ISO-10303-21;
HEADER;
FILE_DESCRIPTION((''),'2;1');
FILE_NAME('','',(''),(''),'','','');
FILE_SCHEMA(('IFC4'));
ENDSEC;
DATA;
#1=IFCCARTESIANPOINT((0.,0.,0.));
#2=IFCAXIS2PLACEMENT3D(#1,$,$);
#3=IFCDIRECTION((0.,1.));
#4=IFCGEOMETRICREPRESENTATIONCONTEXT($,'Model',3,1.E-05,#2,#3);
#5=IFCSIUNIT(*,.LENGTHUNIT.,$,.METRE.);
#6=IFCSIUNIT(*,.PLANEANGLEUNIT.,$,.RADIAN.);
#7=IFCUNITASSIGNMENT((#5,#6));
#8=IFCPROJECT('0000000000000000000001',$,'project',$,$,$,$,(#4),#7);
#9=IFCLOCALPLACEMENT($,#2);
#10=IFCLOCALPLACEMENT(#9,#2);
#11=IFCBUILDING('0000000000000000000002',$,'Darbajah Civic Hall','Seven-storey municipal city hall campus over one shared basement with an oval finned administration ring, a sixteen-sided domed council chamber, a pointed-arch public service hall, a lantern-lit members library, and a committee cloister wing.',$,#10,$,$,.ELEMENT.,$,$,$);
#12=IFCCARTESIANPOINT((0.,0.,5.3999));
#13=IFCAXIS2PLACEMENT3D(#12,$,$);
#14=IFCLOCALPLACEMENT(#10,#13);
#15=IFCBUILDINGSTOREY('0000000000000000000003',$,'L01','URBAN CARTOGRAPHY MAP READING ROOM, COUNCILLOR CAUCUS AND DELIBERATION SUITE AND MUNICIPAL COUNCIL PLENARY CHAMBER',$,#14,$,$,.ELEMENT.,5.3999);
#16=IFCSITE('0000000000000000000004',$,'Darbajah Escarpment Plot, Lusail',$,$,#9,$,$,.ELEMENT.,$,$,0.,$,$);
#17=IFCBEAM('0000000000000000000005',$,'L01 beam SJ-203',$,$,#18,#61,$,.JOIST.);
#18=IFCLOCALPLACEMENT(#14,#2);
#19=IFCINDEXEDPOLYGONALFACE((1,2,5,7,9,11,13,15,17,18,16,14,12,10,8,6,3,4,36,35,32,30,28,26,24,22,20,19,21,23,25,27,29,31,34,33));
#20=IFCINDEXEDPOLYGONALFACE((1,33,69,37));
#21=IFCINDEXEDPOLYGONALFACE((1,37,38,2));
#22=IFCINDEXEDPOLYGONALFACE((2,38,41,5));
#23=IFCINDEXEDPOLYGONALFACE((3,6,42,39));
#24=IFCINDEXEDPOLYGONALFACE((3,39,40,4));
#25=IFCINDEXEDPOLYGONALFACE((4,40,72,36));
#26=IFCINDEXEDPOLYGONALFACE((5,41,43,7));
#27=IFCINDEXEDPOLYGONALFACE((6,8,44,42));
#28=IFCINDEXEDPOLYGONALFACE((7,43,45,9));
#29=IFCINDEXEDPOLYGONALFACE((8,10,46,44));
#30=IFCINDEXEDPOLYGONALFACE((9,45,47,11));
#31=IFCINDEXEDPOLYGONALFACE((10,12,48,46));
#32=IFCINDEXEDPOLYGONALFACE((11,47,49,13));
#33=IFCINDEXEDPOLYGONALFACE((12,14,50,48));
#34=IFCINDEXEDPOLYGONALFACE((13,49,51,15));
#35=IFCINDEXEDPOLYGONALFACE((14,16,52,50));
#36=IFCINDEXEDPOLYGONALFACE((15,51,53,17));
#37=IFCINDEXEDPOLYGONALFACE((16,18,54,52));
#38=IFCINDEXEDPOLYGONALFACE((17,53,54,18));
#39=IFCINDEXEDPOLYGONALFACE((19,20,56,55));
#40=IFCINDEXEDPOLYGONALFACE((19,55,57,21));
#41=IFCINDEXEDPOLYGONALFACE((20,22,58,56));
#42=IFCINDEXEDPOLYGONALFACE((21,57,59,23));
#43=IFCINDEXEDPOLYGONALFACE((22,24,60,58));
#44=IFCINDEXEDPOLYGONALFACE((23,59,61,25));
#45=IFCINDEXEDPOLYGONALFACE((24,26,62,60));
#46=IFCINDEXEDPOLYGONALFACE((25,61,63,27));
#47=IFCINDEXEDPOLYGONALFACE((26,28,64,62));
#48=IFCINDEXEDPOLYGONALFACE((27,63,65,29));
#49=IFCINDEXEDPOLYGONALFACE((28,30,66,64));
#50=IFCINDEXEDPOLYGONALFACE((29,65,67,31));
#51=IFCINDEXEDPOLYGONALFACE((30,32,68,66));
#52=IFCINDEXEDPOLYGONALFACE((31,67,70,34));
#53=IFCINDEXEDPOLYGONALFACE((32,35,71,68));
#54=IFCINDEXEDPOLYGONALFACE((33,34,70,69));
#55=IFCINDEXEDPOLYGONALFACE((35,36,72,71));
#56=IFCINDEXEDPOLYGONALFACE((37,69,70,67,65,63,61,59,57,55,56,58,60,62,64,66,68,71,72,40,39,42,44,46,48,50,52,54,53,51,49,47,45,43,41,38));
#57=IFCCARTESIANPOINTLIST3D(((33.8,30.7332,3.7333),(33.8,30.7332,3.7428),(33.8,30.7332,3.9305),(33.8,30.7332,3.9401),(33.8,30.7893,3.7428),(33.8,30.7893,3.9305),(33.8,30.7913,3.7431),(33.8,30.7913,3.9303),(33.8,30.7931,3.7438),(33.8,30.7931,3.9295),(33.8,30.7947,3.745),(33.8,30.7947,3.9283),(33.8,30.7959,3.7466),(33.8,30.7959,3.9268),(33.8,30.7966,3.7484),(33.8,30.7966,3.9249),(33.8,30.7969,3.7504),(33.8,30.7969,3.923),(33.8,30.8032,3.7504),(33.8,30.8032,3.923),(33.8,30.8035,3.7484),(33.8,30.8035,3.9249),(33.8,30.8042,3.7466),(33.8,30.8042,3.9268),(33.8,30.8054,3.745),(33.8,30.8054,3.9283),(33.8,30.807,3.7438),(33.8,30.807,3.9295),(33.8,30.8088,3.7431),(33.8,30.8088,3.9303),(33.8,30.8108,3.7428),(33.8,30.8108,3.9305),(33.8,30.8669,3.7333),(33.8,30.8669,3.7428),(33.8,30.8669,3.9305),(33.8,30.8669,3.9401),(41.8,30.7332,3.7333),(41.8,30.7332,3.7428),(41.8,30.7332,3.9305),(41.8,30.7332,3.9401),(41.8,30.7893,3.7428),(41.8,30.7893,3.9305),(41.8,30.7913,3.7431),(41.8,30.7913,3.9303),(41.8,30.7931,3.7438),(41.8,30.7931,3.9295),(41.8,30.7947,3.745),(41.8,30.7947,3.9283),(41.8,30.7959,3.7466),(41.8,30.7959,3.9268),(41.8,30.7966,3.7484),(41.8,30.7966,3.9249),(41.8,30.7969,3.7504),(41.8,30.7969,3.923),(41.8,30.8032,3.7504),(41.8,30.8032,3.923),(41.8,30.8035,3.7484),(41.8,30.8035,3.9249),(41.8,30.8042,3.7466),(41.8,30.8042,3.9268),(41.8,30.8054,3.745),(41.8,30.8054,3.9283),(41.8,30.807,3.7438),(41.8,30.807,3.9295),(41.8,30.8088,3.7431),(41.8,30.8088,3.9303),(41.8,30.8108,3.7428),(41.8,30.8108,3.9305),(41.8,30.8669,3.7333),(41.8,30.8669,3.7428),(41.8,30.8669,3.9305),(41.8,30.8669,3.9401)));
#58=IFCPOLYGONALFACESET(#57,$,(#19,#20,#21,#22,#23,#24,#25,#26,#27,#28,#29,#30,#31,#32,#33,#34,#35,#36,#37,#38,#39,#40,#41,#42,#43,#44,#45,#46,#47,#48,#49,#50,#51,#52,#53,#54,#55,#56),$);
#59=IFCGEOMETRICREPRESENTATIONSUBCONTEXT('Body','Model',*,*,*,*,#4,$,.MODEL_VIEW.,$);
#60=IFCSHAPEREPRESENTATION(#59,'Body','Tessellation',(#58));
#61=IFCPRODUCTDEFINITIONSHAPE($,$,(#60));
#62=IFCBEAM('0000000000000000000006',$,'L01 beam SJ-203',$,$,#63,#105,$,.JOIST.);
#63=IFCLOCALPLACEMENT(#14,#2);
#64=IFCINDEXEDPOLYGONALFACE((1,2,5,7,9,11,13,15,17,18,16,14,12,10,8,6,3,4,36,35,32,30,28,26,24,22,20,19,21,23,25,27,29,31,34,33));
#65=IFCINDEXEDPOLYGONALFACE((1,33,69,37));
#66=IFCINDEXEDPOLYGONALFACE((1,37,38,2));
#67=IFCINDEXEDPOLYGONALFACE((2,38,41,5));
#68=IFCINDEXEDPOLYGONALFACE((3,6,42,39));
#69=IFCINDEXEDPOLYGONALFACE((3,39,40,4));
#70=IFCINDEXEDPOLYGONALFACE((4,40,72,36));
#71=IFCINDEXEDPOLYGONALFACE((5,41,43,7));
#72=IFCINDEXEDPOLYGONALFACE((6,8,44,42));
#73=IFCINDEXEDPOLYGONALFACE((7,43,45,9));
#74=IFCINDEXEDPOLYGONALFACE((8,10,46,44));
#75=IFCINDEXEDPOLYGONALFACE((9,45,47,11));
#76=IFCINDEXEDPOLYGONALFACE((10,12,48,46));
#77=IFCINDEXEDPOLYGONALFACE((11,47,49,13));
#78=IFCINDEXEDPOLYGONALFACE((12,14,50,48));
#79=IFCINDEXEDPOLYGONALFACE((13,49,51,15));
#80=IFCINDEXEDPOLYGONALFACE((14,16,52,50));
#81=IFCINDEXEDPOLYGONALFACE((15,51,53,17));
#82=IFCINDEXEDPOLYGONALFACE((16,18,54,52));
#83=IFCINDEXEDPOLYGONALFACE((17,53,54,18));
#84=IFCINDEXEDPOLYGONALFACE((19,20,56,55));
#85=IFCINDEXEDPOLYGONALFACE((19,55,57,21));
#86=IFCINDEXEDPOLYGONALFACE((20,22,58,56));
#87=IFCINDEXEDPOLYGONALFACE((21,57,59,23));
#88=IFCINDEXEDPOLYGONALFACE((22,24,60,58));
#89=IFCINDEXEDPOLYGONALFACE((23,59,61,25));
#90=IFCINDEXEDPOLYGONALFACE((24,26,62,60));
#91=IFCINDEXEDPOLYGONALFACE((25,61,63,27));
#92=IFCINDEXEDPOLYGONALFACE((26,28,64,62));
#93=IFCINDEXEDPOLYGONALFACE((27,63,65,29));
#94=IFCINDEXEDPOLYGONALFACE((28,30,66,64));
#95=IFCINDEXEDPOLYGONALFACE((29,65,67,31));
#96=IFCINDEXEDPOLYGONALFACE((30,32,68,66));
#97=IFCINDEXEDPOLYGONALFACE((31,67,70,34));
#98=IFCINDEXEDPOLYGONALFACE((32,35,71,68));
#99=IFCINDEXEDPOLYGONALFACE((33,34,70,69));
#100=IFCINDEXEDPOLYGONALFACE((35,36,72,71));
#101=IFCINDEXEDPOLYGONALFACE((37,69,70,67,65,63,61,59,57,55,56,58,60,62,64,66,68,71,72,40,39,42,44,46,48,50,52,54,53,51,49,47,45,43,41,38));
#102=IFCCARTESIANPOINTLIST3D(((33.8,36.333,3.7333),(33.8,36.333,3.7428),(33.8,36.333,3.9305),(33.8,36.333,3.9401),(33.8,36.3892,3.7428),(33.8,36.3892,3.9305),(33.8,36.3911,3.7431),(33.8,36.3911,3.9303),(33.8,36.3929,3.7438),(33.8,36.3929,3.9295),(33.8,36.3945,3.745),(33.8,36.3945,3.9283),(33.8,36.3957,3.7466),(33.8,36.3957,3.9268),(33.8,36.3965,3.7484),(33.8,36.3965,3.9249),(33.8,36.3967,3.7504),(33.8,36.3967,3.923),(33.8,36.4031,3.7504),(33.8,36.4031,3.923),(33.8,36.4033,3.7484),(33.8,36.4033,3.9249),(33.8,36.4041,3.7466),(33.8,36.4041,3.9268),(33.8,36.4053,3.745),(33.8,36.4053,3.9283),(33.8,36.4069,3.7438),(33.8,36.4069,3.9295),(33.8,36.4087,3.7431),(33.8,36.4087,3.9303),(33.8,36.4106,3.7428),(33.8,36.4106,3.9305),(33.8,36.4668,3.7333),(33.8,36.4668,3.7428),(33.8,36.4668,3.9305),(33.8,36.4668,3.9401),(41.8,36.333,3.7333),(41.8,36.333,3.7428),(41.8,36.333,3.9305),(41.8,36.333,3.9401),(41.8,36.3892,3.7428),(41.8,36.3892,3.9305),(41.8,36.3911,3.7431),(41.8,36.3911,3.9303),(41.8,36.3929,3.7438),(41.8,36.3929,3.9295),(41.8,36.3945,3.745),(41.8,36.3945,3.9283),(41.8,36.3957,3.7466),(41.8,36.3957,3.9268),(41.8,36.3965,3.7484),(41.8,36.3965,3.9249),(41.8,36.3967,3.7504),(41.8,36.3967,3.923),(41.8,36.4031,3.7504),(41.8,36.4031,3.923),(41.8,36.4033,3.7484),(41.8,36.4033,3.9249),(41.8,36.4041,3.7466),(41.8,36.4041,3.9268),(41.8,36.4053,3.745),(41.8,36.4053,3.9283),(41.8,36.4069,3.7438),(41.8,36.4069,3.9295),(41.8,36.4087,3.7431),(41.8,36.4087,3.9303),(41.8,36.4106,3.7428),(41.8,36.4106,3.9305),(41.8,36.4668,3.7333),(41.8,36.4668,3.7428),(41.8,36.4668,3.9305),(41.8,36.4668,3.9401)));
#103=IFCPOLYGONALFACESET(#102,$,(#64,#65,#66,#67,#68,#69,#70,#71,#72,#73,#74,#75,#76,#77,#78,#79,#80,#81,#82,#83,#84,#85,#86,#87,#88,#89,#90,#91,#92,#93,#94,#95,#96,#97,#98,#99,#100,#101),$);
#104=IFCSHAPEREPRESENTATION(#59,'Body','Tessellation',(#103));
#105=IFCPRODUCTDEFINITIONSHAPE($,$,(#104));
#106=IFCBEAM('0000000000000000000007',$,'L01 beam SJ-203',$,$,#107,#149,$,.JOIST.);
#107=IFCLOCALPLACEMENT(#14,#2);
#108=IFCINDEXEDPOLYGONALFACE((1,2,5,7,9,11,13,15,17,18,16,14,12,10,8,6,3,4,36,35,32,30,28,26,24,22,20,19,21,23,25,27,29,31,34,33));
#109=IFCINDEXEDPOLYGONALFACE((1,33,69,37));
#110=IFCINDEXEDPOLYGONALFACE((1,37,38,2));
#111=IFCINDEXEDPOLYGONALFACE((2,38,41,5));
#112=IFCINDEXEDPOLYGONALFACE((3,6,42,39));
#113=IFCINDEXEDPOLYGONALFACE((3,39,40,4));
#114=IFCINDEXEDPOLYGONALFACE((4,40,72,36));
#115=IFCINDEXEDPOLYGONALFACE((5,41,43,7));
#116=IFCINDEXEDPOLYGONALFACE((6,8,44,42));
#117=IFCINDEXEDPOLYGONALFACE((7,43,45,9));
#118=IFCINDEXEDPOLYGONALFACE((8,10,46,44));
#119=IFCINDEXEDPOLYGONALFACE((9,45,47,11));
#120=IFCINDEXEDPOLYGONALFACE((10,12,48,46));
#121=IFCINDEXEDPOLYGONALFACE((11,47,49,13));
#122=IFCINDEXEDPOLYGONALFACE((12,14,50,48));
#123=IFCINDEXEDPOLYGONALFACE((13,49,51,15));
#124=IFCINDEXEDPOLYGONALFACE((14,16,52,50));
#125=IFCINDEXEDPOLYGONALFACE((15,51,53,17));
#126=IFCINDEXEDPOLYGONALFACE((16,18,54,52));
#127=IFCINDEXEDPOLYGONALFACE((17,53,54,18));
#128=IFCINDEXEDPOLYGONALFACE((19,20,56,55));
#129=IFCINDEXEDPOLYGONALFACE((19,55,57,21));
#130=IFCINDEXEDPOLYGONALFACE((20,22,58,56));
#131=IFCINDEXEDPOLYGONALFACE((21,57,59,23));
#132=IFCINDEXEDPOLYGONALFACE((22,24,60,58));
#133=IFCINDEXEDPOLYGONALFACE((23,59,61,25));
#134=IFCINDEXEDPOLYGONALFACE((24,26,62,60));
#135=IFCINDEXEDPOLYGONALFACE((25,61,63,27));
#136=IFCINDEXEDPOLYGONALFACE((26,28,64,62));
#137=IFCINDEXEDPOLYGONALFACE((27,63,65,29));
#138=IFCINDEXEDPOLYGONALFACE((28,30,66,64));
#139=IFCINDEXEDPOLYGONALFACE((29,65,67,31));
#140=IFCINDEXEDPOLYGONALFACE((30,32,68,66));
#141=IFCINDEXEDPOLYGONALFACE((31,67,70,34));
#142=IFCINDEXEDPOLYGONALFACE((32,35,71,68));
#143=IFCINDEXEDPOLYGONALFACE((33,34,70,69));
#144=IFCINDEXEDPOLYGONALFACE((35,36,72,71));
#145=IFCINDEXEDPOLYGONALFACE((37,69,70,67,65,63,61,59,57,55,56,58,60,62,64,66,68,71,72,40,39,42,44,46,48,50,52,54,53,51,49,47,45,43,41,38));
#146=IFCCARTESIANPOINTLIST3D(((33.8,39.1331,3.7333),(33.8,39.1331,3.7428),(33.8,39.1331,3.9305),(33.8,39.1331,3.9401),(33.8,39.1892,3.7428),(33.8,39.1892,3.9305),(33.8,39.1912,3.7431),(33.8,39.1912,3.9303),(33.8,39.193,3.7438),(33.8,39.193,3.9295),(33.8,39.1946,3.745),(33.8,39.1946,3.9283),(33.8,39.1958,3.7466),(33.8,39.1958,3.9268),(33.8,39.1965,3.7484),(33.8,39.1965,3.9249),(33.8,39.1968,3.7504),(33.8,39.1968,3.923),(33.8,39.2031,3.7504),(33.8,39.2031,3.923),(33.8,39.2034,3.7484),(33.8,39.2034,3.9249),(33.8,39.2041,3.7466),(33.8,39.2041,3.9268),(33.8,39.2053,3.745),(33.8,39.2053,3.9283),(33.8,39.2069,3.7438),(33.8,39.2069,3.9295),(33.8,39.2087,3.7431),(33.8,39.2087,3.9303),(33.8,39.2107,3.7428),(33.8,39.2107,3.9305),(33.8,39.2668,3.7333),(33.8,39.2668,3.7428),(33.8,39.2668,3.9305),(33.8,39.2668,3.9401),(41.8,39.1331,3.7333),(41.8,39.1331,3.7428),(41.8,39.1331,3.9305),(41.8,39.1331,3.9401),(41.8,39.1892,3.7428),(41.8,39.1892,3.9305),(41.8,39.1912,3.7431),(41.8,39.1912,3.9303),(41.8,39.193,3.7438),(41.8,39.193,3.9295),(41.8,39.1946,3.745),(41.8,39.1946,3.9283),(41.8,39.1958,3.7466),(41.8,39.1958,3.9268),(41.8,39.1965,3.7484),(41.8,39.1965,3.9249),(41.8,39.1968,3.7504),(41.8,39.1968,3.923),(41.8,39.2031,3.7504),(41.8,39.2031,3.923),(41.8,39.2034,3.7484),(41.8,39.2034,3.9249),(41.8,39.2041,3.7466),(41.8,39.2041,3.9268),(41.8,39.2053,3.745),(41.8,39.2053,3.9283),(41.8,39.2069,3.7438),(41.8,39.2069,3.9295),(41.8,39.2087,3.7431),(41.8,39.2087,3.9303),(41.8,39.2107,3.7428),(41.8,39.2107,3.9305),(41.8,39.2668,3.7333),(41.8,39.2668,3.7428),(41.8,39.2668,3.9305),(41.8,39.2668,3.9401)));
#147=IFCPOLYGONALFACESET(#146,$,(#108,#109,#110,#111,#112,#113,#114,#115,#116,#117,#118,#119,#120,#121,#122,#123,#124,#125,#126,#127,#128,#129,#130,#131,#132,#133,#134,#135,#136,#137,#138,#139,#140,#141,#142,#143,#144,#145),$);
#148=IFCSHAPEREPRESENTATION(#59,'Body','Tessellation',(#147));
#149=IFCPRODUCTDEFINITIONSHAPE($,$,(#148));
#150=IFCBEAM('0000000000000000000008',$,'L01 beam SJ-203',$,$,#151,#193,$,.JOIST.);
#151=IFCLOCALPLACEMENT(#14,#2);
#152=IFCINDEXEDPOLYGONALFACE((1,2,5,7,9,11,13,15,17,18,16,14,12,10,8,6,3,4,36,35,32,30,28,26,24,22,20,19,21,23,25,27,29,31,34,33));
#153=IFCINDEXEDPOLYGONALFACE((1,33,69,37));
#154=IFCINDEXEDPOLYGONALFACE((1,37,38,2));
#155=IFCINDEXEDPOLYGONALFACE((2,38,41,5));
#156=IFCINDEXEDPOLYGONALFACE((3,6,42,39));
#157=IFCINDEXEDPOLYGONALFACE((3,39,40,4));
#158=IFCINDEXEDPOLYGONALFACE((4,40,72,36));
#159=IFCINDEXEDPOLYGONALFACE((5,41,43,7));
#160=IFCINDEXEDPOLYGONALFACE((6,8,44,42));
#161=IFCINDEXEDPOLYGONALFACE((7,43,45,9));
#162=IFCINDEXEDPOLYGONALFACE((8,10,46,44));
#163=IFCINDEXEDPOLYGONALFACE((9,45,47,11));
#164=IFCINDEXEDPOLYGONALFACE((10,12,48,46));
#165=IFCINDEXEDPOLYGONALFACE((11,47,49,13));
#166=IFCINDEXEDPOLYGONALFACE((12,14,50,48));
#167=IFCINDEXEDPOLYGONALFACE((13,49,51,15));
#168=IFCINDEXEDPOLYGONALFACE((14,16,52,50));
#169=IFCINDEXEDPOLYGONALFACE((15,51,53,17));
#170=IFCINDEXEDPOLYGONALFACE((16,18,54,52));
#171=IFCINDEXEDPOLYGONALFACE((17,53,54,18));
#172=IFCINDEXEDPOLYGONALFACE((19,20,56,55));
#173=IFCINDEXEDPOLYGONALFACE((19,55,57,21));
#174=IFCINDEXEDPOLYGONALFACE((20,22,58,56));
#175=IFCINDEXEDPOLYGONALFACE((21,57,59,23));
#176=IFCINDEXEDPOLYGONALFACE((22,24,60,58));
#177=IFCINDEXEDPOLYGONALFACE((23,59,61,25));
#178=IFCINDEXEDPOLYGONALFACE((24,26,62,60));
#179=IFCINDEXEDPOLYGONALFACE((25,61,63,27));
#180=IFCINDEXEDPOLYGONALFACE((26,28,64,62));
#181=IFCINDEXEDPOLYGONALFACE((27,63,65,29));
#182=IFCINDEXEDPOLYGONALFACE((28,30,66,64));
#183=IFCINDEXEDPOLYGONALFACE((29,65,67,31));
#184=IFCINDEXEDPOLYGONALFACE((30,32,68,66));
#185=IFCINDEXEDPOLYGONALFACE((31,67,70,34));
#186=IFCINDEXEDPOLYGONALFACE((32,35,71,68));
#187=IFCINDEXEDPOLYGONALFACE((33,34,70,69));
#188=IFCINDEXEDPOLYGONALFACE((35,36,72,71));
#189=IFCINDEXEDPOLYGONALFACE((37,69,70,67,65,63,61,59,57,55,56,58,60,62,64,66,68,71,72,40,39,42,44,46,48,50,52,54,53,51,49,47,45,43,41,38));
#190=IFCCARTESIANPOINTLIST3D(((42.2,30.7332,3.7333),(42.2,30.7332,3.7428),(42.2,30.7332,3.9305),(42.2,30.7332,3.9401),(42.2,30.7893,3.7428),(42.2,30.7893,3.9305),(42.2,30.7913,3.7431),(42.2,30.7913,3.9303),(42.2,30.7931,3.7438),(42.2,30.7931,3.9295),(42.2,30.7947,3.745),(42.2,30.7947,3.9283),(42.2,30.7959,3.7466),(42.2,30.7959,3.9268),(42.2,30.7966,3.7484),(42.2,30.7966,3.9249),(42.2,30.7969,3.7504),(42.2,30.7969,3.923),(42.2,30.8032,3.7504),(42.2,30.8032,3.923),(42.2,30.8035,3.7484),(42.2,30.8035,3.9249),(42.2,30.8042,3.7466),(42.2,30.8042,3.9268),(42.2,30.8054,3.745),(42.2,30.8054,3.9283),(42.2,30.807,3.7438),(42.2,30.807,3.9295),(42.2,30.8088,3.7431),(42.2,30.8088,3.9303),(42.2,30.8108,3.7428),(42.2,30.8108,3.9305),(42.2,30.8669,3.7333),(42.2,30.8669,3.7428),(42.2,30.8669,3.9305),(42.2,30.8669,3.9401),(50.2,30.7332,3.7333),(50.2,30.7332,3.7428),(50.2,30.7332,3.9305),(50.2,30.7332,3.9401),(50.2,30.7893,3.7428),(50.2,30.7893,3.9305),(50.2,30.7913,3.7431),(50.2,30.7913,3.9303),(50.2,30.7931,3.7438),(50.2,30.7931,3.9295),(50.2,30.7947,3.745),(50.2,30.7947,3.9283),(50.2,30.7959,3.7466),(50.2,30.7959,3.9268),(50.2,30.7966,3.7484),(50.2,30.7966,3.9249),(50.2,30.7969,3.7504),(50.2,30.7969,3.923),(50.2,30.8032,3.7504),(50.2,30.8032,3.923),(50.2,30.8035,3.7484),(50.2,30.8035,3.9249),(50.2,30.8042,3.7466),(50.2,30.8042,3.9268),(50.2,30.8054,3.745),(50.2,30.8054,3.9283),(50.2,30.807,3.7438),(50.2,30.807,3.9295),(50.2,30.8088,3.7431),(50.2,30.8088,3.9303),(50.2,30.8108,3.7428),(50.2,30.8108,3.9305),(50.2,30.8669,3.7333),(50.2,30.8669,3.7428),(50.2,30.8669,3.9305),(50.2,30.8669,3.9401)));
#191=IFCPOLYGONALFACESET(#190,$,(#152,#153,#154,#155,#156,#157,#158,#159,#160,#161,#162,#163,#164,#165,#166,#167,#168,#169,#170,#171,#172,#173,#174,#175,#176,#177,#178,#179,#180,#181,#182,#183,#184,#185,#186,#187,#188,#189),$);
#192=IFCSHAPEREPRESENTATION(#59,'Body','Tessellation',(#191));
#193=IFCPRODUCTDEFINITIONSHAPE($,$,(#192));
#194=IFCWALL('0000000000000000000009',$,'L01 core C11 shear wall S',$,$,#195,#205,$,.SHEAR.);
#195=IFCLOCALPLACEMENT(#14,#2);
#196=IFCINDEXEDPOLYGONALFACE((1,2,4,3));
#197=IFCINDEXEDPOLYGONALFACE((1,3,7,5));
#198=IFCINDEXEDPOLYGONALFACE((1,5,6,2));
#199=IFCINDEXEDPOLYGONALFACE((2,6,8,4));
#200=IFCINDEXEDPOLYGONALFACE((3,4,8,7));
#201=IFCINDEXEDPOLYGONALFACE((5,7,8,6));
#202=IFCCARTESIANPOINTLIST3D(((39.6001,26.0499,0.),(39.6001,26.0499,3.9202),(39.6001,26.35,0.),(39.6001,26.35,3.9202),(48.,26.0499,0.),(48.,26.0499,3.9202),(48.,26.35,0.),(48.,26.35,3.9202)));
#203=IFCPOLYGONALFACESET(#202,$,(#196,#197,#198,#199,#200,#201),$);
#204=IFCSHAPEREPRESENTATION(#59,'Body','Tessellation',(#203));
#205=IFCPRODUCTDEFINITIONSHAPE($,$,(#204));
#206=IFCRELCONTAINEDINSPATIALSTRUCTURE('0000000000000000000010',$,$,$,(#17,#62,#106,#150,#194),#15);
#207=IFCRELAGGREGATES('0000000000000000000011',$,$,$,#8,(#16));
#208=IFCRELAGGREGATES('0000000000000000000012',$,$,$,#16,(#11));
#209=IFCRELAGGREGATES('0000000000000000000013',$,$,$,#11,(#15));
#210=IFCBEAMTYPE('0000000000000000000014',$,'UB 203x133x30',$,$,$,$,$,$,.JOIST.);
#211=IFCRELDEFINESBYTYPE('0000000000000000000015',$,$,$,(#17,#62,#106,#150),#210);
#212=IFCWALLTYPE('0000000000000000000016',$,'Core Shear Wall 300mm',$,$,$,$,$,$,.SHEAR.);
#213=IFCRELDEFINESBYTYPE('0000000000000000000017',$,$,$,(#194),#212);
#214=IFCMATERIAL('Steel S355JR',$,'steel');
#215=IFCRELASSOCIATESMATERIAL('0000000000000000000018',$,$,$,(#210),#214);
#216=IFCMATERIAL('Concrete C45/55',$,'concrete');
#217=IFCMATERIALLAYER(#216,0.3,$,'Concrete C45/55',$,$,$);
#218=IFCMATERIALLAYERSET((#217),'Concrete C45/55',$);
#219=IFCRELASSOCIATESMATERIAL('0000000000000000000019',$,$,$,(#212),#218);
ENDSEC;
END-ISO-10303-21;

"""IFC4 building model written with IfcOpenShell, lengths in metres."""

from ifc_helpers import new_model, si_unit, direction, frame, frame_2d, origin, origin_2d, place, context, subcontext, project, spatial, rectangle, i_section, extrude, material, layer, layer_set, material_profile, profile_set, type_object, element, save


model = new_model("IFC4")

# Units and contexts
model_context = context("Model", 3, precision=1e-05, world=origin(), true_north=direction((0.0, 1.0)))
body_context = subcontext(model_context, "Body", "Model", "MODEL_VIEW")
ifc_project = project(units=[si_unit("LENGTHUNIT", "METRE"), si_unit("PLANEANGLEUNIT", "RADIAN")], contexts=[model_context])

# Site, building, storey
site_placement = place(None, origin())
site = spatial("IfcSite", under=ifc_project, at=site_placement, Name="Darbajah Escarpment Plot, Lusail", CompositionType="ELEMENT", RefElevation=0.0)
building_placement = place(site_placement, origin())
building = spatial("IfcBuilding", under=site, at=building_placement, Name="Darbajah Civic Hall", Description="Seven-storey municipal city hall campus over one shared basement with an oval finned administration ring, a sixteen-sided domed council chamber, a pointed-arch public service hall, a lantern-lit members library, and a committee cloister wing.", CompositionType="ELEMENT")
storey_placement = place(building_placement, frame((0.0, 0.0, 5.3999)))
storey = spatial("IfcBuildingStorey", under=building, at=storey_placement, Name="L01", Description="URBAN CARTOGRAPHY MAP READING ROOM, COUNCILLOR CAUCUS AND DELIBERATION SUITE AND MUNICIPAL COUNCIL PLENARY CHAMBER", CompositionType="ELEMENT", Elevation=5.3999)

# Shared definitions
ifc_material_1 = material(Name="Concrete C45/55", Category="concrete")

# Beams
ifc_material_2 = material(Name="Steel S355JR", Category="steel")
ifc_material_profile_1 = material_profile(ifc_material_2, i_section(OverallWidth=0.1338, OverallDepth=0.2068, WebThickness=0.0063, FlangeThickness=0.0095, FilletRadius=0.0076, at=origin_2d()), Name="UB 203x133x30")
ifc_profile_set_1 = profile_set([ifc_material_profile_1], Name="Steel S355JR")
beam_type_1 = type_object("IfcBeamType", Name="UB 203x133x30", PredefinedType="JOIST", material=ifc_profile_set_1)
for number, where, z_axis, x_axis, name in (
    (1, (33.8, 30.8, 3.8367), (1.0, 0.0, 0.0), (0.0, 1.0, 0.0), "L01 beam SJ-203"),
    (2, (33.8, 36.3999, 3.8367), (1.0, 0.0, 0.0), (0.0, 1.0, 0.0), "L01 beam SJ-203"),
    (3, (33.8, 39.2, 3.8367), (1.0, 0.0, 0.0), (0.0, 1.0, 0.0), "L01 beam SJ-203"),
    (4, (42.2, 30.8, 3.8367), (1.0, 0.0, 0.0), (0.0, 1.0, 0.0), "L01 beam SJ-203"),
):
    element("IfcBeam", number, at=place(storey_placement, frame(where, z_axis=z_axis, x_axis=x_axis)), inside=storey, type_object=beam_type_1, Name=name, PredefinedType="JOIST", context=body_context, shape_type="SweptSolid", body=[
        extrude(i_section(OverallWidth=0.1338, OverallDepth=0.2068, WebThickness=0.0063, FlangeThickness=0.0095, FilletRadius=0.0076, at=origin_2d()), origin(), (0.0, 0.0, 1.0), 8.0),
    ])

# Wall
ifc_layer_1 = layer(ifc_material_1, 0.3, Name="Concrete C45/55")
ifc_layer_set_1 = layer_set([ifc_layer_1], Name="Concrete C45/55")
wall_type_1 = type_object("IfcWallType", Name="Core Shear Wall 300mm", PredefinedType="SHEAR", material=ifc_layer_set_1)
wall_1_placement = place(storey_placement, frame((39.6001, 26.2, 0.0), z_axis=(0.0, 0.0, 1.0), x_axis=(1.0, 0.0, 0.0)))
element("IfcWall", 5, at=wall_1_placement, inside=storey, type_object=wall_type_1, Name="L01 core C11 shear wall S", PredefinedType="SHEAR", context=body_context, shape_type="SweptSolid", body=[
    extrude(rectangle(XDim=8.3999, YDim=0.3, at=frame_2d((4.2, 0.0))), origin(), (0.0, 0.0, 1.0), 3.9202),
])

save(model, "model.ifc")
